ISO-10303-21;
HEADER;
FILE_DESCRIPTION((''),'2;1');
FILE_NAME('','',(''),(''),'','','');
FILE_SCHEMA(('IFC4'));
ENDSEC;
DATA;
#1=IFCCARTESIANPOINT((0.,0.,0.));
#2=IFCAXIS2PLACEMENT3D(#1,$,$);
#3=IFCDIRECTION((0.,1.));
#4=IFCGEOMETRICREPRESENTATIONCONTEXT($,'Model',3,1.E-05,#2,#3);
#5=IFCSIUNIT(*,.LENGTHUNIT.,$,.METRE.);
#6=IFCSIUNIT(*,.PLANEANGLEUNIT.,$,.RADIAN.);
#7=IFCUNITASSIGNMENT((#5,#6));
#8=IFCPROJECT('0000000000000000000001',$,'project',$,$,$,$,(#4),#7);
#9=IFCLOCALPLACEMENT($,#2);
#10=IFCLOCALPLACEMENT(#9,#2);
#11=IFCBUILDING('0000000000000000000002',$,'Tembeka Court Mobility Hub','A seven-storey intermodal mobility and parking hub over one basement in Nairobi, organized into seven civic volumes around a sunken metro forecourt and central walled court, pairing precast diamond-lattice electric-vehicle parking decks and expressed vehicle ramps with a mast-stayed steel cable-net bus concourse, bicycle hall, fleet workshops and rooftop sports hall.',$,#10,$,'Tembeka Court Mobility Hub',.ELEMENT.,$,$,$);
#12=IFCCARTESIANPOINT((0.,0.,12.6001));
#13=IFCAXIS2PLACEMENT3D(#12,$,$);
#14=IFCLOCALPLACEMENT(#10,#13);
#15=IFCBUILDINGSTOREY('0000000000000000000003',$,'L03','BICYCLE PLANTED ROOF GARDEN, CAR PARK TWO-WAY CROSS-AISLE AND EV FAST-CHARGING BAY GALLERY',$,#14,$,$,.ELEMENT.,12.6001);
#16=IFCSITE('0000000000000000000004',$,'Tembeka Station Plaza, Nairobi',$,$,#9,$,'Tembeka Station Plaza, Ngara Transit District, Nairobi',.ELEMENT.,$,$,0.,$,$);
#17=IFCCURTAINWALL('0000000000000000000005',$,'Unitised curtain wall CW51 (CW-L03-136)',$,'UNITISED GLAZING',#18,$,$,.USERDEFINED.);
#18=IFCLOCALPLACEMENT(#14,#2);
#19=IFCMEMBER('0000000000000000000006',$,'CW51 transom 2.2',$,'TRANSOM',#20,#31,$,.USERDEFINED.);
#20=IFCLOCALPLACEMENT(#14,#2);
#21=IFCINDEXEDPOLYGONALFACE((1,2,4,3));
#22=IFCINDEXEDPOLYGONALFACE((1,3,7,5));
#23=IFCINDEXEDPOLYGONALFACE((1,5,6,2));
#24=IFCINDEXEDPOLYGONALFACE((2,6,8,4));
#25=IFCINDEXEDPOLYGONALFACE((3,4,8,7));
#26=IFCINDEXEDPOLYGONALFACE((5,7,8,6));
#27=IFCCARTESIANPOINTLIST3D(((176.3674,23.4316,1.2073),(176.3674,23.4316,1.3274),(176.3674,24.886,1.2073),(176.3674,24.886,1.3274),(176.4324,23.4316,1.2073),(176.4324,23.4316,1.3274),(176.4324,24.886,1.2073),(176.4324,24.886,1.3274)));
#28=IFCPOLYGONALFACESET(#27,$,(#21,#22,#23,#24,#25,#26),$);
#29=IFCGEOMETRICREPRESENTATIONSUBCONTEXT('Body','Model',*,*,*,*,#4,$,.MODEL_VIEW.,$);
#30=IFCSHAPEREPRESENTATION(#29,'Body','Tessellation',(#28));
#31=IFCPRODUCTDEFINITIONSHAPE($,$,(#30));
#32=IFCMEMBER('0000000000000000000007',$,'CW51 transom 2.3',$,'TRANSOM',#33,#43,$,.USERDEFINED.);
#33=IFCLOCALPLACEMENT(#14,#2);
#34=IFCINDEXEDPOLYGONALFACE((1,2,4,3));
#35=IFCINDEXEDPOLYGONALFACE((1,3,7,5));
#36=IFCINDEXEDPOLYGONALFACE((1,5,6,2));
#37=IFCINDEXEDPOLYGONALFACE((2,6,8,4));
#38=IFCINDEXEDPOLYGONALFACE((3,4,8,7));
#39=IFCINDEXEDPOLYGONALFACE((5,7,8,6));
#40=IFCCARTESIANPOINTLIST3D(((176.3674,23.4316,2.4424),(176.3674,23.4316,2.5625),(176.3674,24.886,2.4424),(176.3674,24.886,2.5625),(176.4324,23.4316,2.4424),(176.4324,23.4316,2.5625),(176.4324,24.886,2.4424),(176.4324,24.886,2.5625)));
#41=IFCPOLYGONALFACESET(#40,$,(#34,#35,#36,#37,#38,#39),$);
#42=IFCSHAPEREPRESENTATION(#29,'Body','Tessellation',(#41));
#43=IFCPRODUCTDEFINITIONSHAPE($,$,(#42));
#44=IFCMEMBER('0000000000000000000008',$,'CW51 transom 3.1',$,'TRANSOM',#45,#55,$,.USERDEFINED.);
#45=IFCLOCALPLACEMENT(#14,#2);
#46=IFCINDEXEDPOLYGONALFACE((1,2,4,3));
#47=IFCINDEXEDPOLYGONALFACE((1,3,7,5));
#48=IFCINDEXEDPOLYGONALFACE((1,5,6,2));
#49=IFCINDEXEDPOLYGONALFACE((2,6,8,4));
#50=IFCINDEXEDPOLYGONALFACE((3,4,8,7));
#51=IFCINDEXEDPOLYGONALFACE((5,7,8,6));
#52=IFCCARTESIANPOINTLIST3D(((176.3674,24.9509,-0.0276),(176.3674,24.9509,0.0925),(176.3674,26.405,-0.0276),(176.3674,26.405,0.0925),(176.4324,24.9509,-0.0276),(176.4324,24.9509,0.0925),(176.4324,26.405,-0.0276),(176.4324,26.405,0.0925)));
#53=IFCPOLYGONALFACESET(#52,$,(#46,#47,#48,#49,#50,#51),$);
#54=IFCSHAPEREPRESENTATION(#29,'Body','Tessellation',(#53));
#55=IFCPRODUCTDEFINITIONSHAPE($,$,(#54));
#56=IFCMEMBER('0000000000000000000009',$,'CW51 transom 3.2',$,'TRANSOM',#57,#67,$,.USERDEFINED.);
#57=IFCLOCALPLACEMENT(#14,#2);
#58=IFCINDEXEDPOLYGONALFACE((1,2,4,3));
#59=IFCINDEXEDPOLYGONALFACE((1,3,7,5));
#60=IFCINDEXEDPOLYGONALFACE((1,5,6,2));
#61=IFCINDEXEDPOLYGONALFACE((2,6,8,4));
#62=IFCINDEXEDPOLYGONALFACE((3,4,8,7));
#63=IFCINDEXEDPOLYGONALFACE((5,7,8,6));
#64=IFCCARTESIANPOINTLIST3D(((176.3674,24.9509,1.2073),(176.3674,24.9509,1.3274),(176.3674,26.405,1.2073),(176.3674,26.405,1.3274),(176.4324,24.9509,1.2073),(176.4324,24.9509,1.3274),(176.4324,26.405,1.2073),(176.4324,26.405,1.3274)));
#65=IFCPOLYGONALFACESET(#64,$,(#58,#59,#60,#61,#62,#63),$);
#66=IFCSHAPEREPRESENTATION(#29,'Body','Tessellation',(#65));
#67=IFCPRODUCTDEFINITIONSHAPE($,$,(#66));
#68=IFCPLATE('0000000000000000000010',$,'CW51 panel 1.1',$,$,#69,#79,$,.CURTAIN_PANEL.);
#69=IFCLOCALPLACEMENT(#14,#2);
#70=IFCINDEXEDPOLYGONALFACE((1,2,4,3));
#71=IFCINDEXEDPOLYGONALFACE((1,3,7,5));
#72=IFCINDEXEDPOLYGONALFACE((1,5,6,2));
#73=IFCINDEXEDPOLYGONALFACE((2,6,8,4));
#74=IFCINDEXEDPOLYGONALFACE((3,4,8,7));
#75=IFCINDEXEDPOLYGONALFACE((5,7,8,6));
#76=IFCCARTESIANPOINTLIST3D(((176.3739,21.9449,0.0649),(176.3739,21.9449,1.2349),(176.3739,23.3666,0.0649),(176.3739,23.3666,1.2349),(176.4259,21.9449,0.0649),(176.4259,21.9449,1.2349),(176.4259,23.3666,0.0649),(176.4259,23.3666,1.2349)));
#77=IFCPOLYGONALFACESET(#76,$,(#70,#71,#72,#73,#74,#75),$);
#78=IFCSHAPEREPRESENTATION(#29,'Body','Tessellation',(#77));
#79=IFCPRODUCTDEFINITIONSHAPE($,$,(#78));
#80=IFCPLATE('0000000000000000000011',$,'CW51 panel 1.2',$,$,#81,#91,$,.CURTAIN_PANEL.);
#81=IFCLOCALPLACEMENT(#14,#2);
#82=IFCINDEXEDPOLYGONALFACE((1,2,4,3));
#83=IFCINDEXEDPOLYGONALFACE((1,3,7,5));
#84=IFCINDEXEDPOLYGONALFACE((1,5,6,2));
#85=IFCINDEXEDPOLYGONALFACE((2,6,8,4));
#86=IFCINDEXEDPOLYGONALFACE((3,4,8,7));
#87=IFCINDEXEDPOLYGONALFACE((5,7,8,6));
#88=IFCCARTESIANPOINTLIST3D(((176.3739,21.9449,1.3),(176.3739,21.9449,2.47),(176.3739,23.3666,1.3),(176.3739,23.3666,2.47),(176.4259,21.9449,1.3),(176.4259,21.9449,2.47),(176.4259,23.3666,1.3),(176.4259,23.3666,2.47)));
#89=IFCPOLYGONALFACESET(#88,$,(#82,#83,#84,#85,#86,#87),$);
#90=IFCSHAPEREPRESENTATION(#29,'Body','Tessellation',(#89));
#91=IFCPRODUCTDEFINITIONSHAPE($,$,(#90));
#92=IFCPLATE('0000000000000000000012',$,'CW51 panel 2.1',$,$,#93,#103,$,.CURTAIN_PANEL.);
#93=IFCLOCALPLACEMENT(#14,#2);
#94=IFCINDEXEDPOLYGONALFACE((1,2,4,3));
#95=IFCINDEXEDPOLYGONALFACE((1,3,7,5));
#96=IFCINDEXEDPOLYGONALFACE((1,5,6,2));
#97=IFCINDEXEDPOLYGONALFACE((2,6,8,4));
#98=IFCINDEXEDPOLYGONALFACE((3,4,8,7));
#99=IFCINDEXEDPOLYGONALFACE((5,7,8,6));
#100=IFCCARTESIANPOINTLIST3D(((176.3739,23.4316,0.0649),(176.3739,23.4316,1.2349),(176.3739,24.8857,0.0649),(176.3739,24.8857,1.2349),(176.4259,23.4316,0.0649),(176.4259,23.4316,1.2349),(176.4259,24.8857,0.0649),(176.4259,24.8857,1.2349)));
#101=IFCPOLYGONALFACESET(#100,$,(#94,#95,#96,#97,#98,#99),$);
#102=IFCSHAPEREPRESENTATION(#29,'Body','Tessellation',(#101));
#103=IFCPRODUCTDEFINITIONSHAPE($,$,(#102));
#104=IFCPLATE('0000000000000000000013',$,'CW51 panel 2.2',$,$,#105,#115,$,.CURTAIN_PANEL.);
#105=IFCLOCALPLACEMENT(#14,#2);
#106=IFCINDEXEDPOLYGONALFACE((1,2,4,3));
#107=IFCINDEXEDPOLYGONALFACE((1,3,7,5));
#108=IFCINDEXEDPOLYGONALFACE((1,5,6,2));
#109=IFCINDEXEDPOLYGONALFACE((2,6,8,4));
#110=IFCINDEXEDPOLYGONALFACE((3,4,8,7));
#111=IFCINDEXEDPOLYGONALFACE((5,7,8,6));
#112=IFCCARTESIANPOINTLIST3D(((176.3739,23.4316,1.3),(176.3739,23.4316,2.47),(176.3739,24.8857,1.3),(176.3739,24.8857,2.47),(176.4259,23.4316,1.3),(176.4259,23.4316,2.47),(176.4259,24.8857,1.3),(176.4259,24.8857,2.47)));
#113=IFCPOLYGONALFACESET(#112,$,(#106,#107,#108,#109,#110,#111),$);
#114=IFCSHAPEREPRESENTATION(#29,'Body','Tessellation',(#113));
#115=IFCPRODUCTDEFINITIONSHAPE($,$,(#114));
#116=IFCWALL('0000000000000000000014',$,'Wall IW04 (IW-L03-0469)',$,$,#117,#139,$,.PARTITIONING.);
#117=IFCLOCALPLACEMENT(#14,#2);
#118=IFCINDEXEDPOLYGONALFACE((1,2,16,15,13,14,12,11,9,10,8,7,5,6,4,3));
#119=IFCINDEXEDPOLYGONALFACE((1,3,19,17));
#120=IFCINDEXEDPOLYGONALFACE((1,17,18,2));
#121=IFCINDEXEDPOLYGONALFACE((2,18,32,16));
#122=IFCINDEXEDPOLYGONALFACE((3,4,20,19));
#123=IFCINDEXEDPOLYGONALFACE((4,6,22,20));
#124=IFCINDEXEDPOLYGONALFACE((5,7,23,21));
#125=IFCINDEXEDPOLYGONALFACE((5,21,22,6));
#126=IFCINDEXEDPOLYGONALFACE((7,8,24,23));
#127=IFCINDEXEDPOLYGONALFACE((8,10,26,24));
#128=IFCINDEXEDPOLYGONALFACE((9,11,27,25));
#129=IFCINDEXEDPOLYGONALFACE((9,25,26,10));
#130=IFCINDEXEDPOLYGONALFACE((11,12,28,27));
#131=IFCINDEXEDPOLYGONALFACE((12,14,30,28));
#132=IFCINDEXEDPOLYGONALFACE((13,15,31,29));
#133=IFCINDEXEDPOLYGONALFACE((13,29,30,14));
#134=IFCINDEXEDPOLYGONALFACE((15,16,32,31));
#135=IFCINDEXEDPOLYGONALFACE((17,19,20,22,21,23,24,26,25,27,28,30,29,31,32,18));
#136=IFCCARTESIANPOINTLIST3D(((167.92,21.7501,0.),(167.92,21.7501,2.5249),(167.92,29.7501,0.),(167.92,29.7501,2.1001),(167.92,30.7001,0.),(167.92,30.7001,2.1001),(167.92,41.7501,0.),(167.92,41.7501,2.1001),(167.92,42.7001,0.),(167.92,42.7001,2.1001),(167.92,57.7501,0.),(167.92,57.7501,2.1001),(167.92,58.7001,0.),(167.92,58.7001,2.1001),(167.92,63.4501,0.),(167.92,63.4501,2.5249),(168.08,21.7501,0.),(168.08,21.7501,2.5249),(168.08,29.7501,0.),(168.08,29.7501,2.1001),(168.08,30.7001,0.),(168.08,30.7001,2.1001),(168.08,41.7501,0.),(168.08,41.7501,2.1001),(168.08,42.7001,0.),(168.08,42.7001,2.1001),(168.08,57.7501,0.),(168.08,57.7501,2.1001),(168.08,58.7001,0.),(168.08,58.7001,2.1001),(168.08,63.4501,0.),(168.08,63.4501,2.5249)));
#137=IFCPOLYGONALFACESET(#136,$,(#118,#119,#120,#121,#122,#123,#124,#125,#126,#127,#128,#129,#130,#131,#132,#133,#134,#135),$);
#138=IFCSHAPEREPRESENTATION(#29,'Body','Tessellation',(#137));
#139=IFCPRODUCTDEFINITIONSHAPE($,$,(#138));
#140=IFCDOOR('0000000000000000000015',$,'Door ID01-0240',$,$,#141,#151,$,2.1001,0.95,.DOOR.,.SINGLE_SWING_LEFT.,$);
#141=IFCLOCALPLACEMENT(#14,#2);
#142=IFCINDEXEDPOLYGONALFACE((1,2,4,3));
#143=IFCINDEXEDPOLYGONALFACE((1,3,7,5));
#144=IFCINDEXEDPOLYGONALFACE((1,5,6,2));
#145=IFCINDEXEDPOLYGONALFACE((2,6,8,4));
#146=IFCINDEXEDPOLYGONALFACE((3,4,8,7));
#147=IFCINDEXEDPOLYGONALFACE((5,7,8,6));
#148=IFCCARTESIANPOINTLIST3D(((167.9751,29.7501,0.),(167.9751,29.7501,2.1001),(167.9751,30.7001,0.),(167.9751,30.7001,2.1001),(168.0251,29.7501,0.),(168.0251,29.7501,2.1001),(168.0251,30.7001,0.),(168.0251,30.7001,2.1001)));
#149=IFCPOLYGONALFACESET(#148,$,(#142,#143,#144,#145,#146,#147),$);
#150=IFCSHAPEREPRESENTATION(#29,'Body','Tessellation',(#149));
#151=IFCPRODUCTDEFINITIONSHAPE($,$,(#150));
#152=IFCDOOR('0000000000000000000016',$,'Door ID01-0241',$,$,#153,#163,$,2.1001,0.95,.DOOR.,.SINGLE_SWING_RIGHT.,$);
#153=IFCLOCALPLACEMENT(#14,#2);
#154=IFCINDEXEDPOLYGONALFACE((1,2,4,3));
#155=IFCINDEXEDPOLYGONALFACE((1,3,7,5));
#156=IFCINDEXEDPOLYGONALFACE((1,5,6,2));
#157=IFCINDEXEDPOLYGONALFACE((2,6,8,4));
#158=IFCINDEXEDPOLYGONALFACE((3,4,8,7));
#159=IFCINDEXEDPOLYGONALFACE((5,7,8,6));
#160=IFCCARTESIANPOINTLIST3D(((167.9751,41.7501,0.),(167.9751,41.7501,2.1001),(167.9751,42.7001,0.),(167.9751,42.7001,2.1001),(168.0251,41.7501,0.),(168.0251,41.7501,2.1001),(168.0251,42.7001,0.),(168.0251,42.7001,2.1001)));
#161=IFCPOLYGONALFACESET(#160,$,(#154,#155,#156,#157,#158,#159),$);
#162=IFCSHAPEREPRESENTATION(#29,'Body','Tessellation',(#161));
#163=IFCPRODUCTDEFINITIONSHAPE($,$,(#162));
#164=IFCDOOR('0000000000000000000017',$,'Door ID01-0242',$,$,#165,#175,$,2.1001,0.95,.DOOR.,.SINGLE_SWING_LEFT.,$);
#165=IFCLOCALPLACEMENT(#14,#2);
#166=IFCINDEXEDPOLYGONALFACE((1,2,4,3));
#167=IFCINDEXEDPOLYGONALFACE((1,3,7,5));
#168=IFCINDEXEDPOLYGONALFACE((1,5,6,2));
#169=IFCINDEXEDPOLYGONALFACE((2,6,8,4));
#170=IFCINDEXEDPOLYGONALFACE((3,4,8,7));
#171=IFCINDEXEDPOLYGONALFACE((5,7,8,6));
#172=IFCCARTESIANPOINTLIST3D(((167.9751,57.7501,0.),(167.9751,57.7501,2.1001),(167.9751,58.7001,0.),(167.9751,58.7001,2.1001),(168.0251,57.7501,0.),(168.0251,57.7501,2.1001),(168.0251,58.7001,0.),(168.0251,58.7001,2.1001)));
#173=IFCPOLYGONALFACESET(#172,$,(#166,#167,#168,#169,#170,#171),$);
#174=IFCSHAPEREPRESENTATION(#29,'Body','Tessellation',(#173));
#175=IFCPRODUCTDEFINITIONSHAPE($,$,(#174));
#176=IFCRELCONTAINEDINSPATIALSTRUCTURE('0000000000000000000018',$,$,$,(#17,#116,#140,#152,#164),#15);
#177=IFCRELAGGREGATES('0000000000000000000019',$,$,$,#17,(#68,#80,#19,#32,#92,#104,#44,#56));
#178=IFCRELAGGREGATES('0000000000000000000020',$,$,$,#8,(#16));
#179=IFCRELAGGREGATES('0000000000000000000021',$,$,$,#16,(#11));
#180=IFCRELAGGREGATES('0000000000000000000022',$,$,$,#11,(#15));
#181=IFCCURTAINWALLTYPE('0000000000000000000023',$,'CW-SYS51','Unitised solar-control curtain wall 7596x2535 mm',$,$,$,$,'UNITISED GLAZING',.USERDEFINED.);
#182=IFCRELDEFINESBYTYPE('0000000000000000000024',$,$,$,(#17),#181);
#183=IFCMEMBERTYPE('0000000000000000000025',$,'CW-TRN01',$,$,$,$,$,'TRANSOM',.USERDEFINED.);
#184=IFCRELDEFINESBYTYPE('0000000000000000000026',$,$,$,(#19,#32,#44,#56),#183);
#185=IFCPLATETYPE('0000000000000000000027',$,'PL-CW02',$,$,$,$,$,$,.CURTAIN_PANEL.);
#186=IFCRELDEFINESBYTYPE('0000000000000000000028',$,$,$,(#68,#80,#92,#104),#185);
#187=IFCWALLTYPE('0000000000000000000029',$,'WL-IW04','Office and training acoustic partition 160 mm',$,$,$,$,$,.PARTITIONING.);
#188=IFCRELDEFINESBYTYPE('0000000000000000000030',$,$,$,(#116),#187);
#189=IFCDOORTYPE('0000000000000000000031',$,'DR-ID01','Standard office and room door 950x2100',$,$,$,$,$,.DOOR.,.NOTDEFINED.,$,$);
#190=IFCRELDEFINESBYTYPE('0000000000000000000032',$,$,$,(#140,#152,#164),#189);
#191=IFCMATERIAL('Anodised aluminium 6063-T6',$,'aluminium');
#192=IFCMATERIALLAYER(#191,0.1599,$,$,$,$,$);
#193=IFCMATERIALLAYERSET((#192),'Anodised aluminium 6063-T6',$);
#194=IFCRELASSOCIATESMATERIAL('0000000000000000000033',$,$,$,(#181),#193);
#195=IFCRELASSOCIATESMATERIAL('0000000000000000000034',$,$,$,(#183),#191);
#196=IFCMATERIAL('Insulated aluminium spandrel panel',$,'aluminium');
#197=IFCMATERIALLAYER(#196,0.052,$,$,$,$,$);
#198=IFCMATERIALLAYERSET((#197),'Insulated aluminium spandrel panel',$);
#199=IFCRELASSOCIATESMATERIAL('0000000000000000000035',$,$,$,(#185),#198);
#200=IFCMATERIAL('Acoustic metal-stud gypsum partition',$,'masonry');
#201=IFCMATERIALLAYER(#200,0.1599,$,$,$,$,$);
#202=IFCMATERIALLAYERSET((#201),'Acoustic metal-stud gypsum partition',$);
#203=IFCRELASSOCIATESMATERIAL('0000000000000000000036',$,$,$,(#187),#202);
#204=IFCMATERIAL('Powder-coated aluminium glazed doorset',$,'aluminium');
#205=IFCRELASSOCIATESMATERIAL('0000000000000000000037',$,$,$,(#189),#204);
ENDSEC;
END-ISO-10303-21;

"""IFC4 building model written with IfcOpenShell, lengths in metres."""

from ifc_helpers import new_model, si_unit, direction, frame, frame_2d, origin, origin_2d, place, context, subcontext, project, spatial, rectangle, extrude, material, layer, layer_set, material_profile, profile_set, type_object, element, fill, aggregate, save


model = new_model("IFC4")

# Units and contexts
model_context = context("Model", 3, precision=1e-05, world=origin(), true_north=direction((0.0, 1.0)))
body_context = subcontext(model_context, "Body", "Model", "MODEL_VIEW")
ifc_project = project(units=[si_unit("LENGTHUNIT", "METRE"), si_unit("PLANEANGLEUNIT", "RADIAN")], contexts=[model_context])

# Site, building, storey
site_placement = place(None, origin())
site = spatial("IfcSite", under=ifc_project, at=site_placement, Name="Tembeka Station Plaza, Nairobi", LongName="Tembeka Station Plaza, Ngara Transit District, Nairobi", CompositionType="ELEMENT", RefElevation=0.0)
building_placement = place(site_placement, origin())
building = spatial("IfcBuilding", under=site, at=building_placement, Name="Tembeka Court Mobility Hub", Description="A seven-storey intermodal mobility and parking hub over one basement in Nairobi, organized into seven civic volumes around a sunken metro forecourt and central walled court, pairing precast diamond-lattice electric-vehicle parking decks and expressed vehicle ramps with a mast-stayed steel cable-net bus concourse, bicycle hall, fleet workshops and rooftop sports hall.", LongName="Tembeka Court Mobility Hub", CompositionType="ELEMENT")
storey_placement = place(building_placement, frame((0.0, 0.0, 12.6001)))
storey = spatial("IfcBuildingStorey", under=building, at=storey_placement, Name="L03", Description="BICYCLE PLANTED ROOF GARDEN, CAR PARK TWO-WAY CROSS-AISLE AND EV FAST-CHARGING BAY GALLERY", CompositionType="ELEMENT", Elevation=12.6001)

# Curtain wall, members, plates
ifc_material_1 = material(Name="Anodised aluminium 6063-T6", Category="aluminium")
ifc_layer_1 = layer(ifc_material_1, 0.1599)
ifc_layer_set_1 = layer_set([ifc_layer_1], Name="Anodised aluminium 6063-T6")
curtain_wall_type = type_object("IfcCurtainWallType", Name="CW-SYS51", Description="Unitised solar-control curtain wall 7596x2535 mm", ElementType="UNITISED GLAZING", PredefinedType="USERDEFINED", material=ifc_layer_set_1)
curtain_wall_placement = place(storey_placement, origin())
curtain_wall = element("IfcCurtainWall", 1, at=curtain_wall_placement, inside=storey, type_object=curtain_wall_type, Name="Unitised curtain wall CW51 (CW-L03-136)", ObjectType="UNITISED GLAZING", PredefinedType="USERDEFINED")
ifc_material_profile_1 = material_profile(ifc_material_1, rectangle(XDim=0.0649, YDim=0.1201, at=origin_2d()), Name="ALU-TRN 65x120")
ifc_profile_set_1 = profile_set([ifc_material_profile_1], Name="Anodised aluminium 6063-T6")
member_type_1 = type_object("IfcMemberType", Name="CW-TRN01", ElementType="TRANSOM", PredefinedType="USERDEFINED", material=ifc_profile_set_1)
member_1_placement = place(storey_placement, frame((176.3999, 23.4316, 1.2673), z_axis=(0.0, 1.0, 0.0), x_axis=(-1.0, 0.0, 0.0)))
member_1 = element("IfcMember", 2, at=member_1_placement, type_object=member_type_1, Name="CW51 transom 2.2", ObjectType="TRANSOM", PredefinedType="USERDEFINED", context=body_context, shape_type="SweptSolid", body=[
    extrude(rectangle(XDim=0.0649, YDim=0.1201, at=origin_2d()), origin(), (0.0, 0.0, 1.0), 1.4543),
])
member_2_placement = place(storey_placement, frame((176.3999, 23.4316, 2.5024), z_axis=(0.0, 1.0, 0.0), x_axis=(-1.0, 0.0, 0.0)))
member_2 = element("IfcMember", 3, at=member_2_placement, type_object=member_type_1, Name="CW51 transom 2.3", ObjectType="TRANSOM", PredefinedType="USERDEFINED", context=body_context, shape_type="SweptSolid", body=[
    extrude(rectangle(XDim=0.0649, YDim=0.1201, at=origin_2d()), origin(), (0.0, 0.0, 1.0), 1.4543),
])
member_3_placement = place(storey_placement, frame((176.3999, 24.9509, 0.0325), z_axis=(0.0, 1.0, 0.0), x_axis=(-1.0, 0.0, 0.0)))
member_3 = element("IfcMember", 4, at=member_3_placement, type_object=member_type_1, Name="CW51 transom 3.1", ObjectType="TRANSOM", PredefinedType="USERDEFINED", context=body_context, shape_type="SweptSolid", body=[
    extrude(rectangle(XDim=0.0649, YDim=0.1201, at=origin_2d()), origin(), (0.0, 0.0, 1.0), 1.4541),
])
member_4_placement = place(storey_placement, frame((176.3999, 24.9509, 1.2673), z_axis=(0.0, 1.0, 0.0), x_axis=(-1.0, 0.0, 0.0)))
member_4 = element("IfcMember", 5, at=member_4_placement, type_object=member_type_1, Name="CW51 transom 3.2", ObjectType="TRANSOM", PredefinedType="USERDEFINED", context=body_context, shape_type="SweptSolid", body=[
    extrude(rectangle(XDim=0.0649, YDim=0.1201, at=origin_2d()), origin(), (0.0, 0.0, 1.0), 1.4541),
])
ifc_material_2 = material(Name="Insulated aluminium spandrel panel", Category="aluminium")
ifc_layer_2 = layer(ifc_material_2, 0.052)
ifc_layer_set_2 = layer_set([ifc_layer_2], Name="Insulated aluminium spandrel panel")
plate_type = type_object("IfcPlateType", Name="PL-CW02", PredefinedType="CURTAIN_PANEL", material=ifc_layer_set_2)
plate_1_placement = place(storey_placement, frame((176.3999, 22.6558, 0.0649), z_axis=(0.0, 0.0, 1.0), x_axis=(0.0, 1.0, 0.0)))
plate_1 = element("IfcPlate", 6, at=plate_1_placement, type_object=plate_type, Name="CW51 panel 1.1", PredefinedType="CURTAIN_PANEL", context=body_context, shape_type="SweptSolid", body=[
    extrude(rectangle(XDim=1.4216, YDim=0.052, at=origin_2d()), origin(), (0.0, 0.0, 1.0), 1.1699),
])
plate_2_placement = place(storey_placement, frame((176.3999, 22.6558, 1.3), z_axis=(0.0, 0.0, 1.0), x_axis=(0.0, 1.0, 0.0)))
plate_2 = element("IfcPlate", 7, at=plate_2_placement, type_object=plate_type, Name="CW51 panel 1.2", PredefinedType="CURTAIN_PANEL", context=body_context, shape_type="SweptSolid", body=[
    extrude(rectangle(XDim=1.4216, YDim=0.052, at=origin_2d()), origin(), (0.0, 0.0, 1.0), 1.1699),
])
plate_3_placement = place(storey_placement, frame((176.3999, 24.1587, 0.0649), z_axis=(0.0, 0.0, 1.0), x_axis=(0.0, 1.0, 0.0)))
plate_3 = element("IfcPlate", 8, at=plate_3_placement, type_object=plate_type, Name="CW51 panel 2.1", PredefinedType="CURTAIN_PANEL", context=body_context, shape_type="SweptSolid", body=[
    extrude(rectangle(XDim=1.4541, YDim=0.052, at=origin_2d()), origin(), (0.0, 0.0, 1.0), 1.1699),
])
plate_4_placement = place(storey_placement, frame((176.3999, 24.1587, 1.3), z_axis=(0.0, 0.0, 1.0), x_axis=(0.0, 1.0, 0.0)))
plate_4 = element("IfcPlate", 9, at=plate_4_placement, type_object=plate_type, Name="CW51 panel 2.2", PredefinedType="CURTAIN_PANEL", context=body_context, shape_type="SweptSolid", body=[
    extrude(rectangle(XDim=1.4541, YDim=0.052, at=origin_2d()), origin(), (0.0, 0.0, 1.0), 1.1699),
])
aggregate(curtain_wall, [plate_1, plate_2, member_1, member_2, plate_3, plate_4, member_3, member_4])

# Wall, openings, doors
ifc_material_3 = material(Name="Acoustic metal-stud gypsum partition", Category="masonry")
ifc_layer_3 = layer(ifc_material_3, 0.1599)
ifc_layer_set_3 = layer_set([ifc_layer_3], Name="Acoustic metal-stud gypsum partition")
wall_type = type_object("IfcWallType", Name="WL-IW04", Description="Office and training acoustic partition 160 mm", PredefinedType="PARTITIONING", material=ifc_layer_set_3)
wall_placement = place(storey_placement, frame((168.0, 21.75, 0.0), z_axis=(0.0, 0.0, 1.0), x_axis=(0.0, 1.0, 0.0)))
wall = element("IfcWall", 10, at=wall_placement, inside=storey, type_object=wall_type, Name="Wall IW04 (IW-L03-0469)", PredefinedType="PARTITIONING", context=body_context, shape_type="SweptSolid", body=[
    extrude(rectangle(XDim=41.7, YDim=0.1599, at=frame_2d((20.8501, 0.0))), origin(), (0.0, 0.0, 1.0), 2.5249),
])
opening_1_placement = place(wall_placement, frame((8.0, 0.0, 0.0)))
opening_1 = element("IfcOpeningElement", 11, at=opening_1_placement, cuts=wall, PredefinedType="OPENING", context=body_context, shape_type="SweptSolid", body=[
    extrude(rectangle(XDim=0.95, YDim=2.1001, at=frame_2d((0.4751, 1.05))), frame((0.0, 0.0898, 0.0), z_axis=(0.0, -1.0, 0.0), x_axis=(1.0, 0.0, 0.0)), (0.0, 0.0, 1.0), 0.1799),
])
opening_2_placement = place(wall_placement, frame((20.0, 0.0, 0.0)))
opening_2 = element("IfcOpeningElement", 12, at=opening_2_placement, cuts=wall, PredefinedType="OPENING", context=body_context, shape_type="SweptSolid", body=[
    extrude(rectangle(XDim=0.95, YDim=2.1001, at=frame_2d((0.4751, 1.05))), frame((0.0, 0.0898, 0.0), z_axis=(0.0, -1.0, 0.0), x_axis=(1.0, 0.0, 0.0)), (0.0, 0.0, 1.0), 0.1799),
])
opening_3_placement = place(wall_placement, frame((36.0, 0.0, 0.0)))
opening_3 = element("IfcOpeningElement", 13, at=opening_3_placement, cuts=wall, PredefinedType="OPENING", context=body_context, shape_type="SweptSolid", body=[
    extrude(rectangle(XDim=0.95, YDim=2.1001, at=frame_2d((0.4751, 1.05))), frame((0.0, 0.0898, 0.0), z_axis=(0.0, -1.0, 0.0), x_axis=(1.0, 0.0, 0.0)), (0.0, 0.0, 1.0), 0.1799),
])
ifc_material_4 = material(Name="Powder-coated aluminium glazed doorset", Category="aluminium")
door_type = type_object("IfcDoorType", Name="DR-ID01", Description="Standard office and room door 950x2100", OperationType="NOTDEFINED", PredefinedType="DOOR", material=ifc_material_4)
door_1_placement = place(opening_1_placement, origin())
door_1 = element("IfcDoor", 14, at=door_1_placement, inside=storey, type_object=door_type, Name="Door ID01-0240", OperationType="SINGLE_SWING_LEFT", OverallHeight=2.1001, OverallWidth=0.95, PredefinedType="DOOR", context=body_context, shape_type="SweptSolid", body=[
    extrude(rectangle(XDim=0.95, YDim=2.1001, at=frame_2d((0.4751, 1.05))), frame((0.0, 0.0249, 0.0), z_axis=(0.0, -1.0, 0.0), x_axis=(1.0, 0.0, 0.0)), (0.0, 0.0, 1.0), 0.05),
])
fill(opening_1, door_1)
door_2_placement = place(opening_2_placement, origin())
door_2 = element("IfcDoor", 15, at=door_2_placement, inside=storey, type_object=door_type, Name="Door ID01-0241", OperationType="SINGLE_SWING_RIGHT", OverallHeight=2.1001, OverallWidth=0.95, PredefinedType="DOOR", context=body_context, shape_type="SweptSolid", body=[
    extrude(rectangle(XDim=0.95, YDim=2.1001, at=frame_2d((0.4751, 1.05))), frame((0.0, 0.0249, 0.0), z_axis=(0.0, -1.0, 0.0), x_axis=(1.0, 0.0, 0.0)), (0.0, 0.0, 1.0), 0.05),
])
fill(opening_2, door_2)
door_3_placement = place(opening_3_placement, origin())
door_3 = element("IfcDoor", 16, at=door_3_placement, inside=storey, type_object=door_type, Name="Door ID01-0242", OperationType="SINGLE_SWING_LEFT", OverallHeight=2.1001, OverallWidth=0.95, PredefinedType="DOOR", context=body_context, shape_type="SweptSolid", body=[
    extrude(rectangle(XDim=0.95, YDim=2.1001, at=frame_2d((0.4751, 1.05))), frame((0.0, 0.0249, 0.0), z_axis=(0.0, -1.0, 0.0), x_axis=(1.0, 0.0, 0.0)), (0.0, 0.0, 1.0), 0.05),
])
fill(opening_3, door_3)

save(model, "model.ifc")
